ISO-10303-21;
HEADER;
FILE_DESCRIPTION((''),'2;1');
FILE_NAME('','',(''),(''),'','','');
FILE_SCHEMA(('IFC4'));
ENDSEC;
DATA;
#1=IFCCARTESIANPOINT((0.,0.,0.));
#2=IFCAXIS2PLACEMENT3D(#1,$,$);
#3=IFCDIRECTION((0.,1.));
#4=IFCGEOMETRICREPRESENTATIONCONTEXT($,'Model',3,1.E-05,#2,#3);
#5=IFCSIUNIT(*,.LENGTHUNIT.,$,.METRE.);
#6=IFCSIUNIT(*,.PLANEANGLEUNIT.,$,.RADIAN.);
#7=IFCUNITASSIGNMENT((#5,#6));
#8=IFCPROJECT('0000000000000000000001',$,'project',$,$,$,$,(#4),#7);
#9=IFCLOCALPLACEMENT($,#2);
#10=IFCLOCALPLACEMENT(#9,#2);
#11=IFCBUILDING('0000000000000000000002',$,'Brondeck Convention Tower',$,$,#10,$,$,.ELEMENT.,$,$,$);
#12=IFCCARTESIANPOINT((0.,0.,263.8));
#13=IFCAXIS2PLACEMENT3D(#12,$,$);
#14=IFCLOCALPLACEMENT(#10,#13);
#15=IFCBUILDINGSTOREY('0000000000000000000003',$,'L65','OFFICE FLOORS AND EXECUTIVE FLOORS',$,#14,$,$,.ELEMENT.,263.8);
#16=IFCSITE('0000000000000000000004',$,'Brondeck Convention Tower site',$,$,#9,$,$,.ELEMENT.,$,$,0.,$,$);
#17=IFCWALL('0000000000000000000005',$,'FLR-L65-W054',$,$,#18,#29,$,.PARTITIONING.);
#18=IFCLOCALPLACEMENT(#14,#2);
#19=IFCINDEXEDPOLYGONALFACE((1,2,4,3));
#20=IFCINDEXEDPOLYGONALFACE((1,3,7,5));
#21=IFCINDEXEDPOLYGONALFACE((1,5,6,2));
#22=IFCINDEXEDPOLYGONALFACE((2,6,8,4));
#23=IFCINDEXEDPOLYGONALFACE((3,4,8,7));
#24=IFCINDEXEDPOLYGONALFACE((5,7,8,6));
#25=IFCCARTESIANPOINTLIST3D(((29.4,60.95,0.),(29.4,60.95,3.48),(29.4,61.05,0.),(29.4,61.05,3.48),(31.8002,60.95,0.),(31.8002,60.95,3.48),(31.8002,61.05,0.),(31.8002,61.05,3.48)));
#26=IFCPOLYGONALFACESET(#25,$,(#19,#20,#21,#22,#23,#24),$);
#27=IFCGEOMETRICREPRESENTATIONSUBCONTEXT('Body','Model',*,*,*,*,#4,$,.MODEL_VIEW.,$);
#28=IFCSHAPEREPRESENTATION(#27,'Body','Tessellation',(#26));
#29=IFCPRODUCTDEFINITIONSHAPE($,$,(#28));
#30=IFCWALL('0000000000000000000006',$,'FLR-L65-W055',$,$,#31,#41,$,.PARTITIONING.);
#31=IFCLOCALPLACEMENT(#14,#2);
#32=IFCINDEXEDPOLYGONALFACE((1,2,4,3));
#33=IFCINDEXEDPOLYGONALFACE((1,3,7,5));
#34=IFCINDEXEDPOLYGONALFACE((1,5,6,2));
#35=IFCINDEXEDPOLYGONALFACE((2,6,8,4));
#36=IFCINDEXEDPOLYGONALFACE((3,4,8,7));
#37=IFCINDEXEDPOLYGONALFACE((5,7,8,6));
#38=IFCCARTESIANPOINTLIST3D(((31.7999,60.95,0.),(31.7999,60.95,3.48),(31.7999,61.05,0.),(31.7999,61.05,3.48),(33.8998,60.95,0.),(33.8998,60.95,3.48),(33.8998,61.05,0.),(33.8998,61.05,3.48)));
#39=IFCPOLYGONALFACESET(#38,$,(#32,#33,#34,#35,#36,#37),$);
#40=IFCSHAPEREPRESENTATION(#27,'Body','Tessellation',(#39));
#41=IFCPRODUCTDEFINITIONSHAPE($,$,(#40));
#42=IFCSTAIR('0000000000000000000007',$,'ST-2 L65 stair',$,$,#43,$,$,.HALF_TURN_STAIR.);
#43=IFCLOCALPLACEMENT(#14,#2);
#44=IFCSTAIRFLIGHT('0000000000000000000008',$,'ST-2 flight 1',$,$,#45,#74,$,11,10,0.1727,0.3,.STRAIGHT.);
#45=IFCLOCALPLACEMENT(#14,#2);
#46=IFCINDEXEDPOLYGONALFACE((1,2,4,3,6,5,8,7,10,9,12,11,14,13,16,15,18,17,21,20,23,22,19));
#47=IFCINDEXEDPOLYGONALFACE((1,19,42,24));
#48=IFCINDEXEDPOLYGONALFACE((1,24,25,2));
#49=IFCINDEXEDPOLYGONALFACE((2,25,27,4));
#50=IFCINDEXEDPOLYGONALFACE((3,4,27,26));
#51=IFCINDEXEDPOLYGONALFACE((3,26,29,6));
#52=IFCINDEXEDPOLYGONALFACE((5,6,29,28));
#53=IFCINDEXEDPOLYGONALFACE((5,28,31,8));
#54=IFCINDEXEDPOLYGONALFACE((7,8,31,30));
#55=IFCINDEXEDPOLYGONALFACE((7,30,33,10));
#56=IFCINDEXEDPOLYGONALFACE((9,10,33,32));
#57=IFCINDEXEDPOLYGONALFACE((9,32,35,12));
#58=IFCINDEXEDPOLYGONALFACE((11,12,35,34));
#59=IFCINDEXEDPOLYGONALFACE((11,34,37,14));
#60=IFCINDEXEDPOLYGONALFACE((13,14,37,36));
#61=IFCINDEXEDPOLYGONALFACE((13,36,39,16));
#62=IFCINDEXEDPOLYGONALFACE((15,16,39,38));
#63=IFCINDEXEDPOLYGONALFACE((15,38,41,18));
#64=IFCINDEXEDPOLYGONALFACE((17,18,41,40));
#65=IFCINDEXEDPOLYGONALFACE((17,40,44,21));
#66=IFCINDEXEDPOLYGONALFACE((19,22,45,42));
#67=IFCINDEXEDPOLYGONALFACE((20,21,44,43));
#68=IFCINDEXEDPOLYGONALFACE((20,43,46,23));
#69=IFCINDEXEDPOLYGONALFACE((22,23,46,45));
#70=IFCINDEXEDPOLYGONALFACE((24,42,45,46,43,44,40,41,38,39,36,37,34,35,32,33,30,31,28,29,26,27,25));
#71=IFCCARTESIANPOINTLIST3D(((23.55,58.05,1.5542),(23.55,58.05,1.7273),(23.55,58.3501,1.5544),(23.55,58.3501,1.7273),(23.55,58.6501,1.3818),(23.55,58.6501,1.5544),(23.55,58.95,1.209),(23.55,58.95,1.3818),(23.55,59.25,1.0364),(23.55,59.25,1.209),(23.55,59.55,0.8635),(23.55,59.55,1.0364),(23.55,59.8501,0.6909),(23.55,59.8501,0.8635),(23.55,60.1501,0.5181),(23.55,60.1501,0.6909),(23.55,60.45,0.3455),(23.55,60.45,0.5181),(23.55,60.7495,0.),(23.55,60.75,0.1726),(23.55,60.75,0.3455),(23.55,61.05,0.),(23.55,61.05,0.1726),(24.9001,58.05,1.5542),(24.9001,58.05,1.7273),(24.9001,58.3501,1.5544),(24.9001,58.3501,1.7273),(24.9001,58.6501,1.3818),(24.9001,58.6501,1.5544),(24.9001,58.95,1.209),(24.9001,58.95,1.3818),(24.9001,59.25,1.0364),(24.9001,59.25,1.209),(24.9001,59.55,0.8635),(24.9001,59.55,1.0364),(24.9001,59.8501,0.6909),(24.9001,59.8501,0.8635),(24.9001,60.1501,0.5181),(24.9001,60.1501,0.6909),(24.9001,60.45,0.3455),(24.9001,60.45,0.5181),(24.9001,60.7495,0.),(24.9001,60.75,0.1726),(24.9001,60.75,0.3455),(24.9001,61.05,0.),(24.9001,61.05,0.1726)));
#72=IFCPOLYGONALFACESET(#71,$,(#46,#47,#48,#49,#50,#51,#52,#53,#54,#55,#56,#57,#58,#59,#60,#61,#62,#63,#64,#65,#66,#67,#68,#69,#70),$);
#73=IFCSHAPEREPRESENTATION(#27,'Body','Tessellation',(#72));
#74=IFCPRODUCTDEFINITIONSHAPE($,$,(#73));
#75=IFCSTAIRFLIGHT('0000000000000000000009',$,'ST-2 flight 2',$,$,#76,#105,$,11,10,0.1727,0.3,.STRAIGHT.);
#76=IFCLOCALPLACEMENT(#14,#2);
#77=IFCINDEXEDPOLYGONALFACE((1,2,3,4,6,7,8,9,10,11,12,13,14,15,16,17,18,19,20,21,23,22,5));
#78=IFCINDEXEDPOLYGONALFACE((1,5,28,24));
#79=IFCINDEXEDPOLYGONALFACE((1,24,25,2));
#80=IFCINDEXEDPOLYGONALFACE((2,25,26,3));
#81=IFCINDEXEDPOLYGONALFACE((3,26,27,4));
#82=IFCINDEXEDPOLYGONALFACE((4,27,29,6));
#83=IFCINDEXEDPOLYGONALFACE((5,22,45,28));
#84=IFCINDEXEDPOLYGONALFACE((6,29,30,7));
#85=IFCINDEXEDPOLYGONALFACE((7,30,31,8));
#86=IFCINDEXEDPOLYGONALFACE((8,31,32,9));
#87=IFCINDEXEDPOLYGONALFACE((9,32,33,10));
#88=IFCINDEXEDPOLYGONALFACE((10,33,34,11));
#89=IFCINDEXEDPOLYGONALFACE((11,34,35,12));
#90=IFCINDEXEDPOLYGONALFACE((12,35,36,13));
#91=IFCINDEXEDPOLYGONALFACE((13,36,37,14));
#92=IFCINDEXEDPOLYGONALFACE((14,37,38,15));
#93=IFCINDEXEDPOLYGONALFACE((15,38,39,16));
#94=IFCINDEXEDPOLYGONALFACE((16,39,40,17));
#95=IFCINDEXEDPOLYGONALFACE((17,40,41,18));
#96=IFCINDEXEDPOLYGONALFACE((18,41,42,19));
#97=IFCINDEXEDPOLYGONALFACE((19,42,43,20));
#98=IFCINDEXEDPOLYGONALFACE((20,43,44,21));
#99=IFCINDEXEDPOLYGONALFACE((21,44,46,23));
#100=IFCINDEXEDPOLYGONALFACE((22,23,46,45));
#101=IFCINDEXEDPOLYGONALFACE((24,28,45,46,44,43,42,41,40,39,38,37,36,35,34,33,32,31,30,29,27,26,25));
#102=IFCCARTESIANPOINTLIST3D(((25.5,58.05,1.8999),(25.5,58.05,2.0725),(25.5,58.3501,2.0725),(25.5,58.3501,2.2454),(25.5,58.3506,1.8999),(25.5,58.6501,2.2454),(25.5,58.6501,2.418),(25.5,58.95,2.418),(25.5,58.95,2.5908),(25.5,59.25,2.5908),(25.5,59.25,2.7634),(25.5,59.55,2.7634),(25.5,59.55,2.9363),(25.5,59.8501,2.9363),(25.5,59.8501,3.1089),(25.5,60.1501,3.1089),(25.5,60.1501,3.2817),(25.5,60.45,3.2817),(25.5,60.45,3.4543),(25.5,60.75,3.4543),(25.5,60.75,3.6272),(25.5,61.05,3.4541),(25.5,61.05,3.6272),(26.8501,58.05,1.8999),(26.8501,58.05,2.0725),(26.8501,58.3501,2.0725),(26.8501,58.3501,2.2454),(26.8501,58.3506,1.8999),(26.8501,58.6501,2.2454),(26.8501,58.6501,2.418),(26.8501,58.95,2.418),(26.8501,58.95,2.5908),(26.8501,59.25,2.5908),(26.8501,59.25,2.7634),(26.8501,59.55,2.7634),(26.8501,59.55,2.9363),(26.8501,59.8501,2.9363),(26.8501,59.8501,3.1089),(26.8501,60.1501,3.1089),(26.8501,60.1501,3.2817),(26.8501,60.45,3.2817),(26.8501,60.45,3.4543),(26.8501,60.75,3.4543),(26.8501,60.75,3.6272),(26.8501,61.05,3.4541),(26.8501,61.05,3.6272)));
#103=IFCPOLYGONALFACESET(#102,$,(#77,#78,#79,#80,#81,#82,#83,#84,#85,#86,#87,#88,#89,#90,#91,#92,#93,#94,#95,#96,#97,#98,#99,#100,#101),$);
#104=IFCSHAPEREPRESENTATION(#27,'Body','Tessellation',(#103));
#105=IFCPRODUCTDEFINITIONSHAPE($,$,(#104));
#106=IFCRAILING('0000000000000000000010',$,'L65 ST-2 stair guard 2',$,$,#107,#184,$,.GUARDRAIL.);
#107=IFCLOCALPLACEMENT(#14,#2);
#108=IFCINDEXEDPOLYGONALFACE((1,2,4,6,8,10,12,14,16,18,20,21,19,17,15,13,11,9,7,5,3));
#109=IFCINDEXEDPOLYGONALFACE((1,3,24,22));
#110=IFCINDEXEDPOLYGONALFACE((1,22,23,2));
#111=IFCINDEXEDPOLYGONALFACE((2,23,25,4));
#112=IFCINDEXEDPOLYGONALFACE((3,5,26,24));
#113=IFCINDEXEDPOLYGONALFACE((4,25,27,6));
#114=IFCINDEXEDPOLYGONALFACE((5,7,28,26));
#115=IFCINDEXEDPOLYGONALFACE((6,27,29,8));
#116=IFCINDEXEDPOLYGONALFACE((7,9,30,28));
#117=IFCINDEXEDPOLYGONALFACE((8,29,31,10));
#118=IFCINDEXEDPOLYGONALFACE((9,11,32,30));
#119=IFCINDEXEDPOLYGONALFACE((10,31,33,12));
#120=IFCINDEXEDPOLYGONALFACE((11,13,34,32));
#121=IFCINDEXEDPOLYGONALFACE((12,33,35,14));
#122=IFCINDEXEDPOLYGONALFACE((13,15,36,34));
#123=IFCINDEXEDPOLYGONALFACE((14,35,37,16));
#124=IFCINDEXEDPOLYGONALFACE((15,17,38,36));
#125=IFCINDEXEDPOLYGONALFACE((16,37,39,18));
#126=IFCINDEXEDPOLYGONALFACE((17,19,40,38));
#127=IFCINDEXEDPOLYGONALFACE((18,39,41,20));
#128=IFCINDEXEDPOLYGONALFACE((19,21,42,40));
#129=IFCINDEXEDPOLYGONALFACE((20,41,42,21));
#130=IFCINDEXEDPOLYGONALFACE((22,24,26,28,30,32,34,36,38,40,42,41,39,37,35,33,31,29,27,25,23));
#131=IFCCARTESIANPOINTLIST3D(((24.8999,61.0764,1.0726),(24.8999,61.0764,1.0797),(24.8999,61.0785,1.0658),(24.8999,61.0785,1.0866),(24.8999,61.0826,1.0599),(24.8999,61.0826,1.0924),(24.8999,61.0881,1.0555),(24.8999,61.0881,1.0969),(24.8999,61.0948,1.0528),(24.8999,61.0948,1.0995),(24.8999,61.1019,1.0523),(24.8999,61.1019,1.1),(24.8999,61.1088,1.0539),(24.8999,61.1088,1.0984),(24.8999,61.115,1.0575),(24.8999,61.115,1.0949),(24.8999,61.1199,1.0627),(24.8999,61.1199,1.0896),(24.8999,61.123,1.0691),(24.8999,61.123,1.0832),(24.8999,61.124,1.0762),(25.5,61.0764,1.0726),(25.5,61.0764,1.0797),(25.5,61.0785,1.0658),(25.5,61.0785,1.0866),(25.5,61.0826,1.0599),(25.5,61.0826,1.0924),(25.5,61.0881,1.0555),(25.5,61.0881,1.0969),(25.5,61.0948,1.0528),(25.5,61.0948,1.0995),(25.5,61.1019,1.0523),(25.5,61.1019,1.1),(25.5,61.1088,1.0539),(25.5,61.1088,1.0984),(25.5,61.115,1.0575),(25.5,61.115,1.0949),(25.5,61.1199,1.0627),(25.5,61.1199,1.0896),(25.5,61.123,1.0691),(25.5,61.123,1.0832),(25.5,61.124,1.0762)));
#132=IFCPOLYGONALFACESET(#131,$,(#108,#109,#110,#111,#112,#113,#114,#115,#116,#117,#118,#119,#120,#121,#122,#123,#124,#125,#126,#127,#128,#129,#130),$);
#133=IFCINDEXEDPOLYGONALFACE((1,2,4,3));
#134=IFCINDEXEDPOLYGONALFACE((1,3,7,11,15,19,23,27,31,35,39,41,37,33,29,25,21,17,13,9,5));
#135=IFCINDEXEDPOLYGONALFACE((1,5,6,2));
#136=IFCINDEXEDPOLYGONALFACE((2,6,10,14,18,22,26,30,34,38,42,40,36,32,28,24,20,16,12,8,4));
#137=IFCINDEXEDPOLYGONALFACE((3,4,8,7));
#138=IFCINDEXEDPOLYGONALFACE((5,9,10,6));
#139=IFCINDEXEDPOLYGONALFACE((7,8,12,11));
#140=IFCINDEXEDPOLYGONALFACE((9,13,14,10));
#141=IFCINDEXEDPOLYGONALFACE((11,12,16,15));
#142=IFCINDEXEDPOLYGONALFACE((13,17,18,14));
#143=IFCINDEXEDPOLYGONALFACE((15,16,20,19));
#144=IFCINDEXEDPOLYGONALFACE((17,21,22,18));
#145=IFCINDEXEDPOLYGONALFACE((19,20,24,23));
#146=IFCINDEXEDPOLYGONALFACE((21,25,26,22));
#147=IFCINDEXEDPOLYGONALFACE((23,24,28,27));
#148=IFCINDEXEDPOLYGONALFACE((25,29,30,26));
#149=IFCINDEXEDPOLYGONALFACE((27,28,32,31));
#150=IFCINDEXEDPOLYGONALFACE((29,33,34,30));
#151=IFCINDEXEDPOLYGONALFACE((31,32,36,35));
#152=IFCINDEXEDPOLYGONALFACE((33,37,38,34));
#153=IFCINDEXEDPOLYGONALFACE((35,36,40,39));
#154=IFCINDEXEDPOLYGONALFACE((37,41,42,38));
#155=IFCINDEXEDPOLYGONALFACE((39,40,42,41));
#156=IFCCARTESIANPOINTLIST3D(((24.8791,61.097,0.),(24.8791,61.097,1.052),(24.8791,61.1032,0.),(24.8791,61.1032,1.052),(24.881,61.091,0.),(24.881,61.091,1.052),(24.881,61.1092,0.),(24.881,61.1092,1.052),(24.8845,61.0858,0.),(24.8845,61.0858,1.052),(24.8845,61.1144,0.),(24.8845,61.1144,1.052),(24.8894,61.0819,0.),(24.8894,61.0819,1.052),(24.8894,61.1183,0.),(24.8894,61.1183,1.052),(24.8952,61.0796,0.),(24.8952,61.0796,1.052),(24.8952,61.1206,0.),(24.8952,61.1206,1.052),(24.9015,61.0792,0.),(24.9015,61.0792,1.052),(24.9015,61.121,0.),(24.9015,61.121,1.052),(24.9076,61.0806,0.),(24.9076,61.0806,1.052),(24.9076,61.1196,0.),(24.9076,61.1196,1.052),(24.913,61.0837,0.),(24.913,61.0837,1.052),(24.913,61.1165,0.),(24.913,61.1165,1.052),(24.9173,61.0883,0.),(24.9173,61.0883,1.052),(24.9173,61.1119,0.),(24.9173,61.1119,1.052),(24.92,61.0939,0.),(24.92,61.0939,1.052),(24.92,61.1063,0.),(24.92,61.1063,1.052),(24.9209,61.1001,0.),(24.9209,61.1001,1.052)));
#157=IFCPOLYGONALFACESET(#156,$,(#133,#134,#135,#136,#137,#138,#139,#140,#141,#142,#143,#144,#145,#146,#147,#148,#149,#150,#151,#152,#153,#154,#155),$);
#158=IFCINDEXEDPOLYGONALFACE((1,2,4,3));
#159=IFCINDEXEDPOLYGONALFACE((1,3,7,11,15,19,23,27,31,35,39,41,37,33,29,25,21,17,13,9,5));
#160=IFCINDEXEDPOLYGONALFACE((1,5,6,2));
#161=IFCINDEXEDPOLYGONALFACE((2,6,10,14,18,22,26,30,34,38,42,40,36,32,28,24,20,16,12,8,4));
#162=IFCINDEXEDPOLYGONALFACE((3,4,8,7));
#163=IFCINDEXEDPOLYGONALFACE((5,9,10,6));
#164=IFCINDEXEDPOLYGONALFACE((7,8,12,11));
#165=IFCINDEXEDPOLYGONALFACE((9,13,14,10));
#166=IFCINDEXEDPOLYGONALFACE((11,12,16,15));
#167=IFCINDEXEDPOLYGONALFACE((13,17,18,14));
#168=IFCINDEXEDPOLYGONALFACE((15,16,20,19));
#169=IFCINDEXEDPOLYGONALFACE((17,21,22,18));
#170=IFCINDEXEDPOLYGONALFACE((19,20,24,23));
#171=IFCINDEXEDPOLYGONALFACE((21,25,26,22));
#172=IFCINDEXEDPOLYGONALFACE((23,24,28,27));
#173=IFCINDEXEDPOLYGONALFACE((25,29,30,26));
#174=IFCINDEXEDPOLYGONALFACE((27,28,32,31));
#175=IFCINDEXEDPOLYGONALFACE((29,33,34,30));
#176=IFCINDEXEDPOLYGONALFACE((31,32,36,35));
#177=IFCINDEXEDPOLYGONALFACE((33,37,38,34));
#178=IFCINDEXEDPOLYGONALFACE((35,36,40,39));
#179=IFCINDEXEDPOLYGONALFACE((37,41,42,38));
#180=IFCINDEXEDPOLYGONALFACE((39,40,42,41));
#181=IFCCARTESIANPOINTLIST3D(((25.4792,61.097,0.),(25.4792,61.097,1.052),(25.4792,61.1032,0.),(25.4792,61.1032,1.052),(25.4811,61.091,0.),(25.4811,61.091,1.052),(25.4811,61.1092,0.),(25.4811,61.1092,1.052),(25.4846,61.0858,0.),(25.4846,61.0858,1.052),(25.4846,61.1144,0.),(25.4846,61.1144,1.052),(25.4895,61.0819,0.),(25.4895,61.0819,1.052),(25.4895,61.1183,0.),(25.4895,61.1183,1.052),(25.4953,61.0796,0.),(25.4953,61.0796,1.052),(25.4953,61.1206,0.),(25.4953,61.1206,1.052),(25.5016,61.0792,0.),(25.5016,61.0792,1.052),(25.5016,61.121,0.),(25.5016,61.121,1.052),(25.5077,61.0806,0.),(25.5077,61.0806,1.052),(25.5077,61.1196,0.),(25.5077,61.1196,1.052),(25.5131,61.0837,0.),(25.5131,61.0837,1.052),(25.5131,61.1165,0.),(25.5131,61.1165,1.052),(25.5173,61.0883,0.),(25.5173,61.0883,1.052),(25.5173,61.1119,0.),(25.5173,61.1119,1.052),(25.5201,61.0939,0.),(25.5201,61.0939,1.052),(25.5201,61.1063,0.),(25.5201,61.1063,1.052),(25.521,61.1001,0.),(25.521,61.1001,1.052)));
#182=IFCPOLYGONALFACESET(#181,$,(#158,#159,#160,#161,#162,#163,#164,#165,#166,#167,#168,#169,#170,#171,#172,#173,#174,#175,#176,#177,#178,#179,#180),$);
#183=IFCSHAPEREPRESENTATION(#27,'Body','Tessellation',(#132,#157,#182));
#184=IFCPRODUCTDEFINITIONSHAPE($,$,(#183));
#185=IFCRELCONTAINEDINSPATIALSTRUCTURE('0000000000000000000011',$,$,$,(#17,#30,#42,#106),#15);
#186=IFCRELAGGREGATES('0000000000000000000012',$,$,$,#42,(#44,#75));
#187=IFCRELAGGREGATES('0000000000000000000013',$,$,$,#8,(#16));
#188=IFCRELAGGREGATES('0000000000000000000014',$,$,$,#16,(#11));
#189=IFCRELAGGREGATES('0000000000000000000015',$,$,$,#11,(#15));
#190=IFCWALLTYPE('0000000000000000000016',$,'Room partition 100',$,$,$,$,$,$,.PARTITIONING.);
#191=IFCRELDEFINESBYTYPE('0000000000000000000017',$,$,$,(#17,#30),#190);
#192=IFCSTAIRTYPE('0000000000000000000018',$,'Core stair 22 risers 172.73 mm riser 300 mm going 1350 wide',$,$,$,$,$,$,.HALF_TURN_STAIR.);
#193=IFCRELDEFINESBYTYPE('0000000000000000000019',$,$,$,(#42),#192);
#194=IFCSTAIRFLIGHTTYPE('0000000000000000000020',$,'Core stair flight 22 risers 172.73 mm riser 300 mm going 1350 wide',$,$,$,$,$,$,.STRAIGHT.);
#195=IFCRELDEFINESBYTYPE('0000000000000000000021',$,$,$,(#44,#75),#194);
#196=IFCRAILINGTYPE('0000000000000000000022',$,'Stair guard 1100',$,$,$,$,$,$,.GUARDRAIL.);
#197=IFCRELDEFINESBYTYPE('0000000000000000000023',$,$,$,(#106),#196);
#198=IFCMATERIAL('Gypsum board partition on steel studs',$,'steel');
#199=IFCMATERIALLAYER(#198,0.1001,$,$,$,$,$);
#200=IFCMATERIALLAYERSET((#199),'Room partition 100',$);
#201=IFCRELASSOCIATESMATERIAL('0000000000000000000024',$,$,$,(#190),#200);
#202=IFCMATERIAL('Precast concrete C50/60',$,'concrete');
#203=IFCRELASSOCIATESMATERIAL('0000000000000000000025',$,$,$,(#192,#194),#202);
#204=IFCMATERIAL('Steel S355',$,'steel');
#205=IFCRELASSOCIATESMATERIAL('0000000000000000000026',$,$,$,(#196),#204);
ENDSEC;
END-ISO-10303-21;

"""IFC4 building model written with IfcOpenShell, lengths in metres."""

from ifc_helpers import new_model, si_unit, direction, frame, frame_2d, origin, origin_2d, place, context, subcontext, project, spatial, polyline, rectangle, circle, outline, extrude, material, layer, layer_set, type_object, element, aggregate, save


model = new_model("IFC4")

# Units and contexts
model_context = context("Model", 3, precision=1e-05, world=origin(), true_north=direction((0.0, 1.0)))
body_context = subcontext(model_context, "Body", "Model", "MODEL_VIEW")
ifc_project = project(units=[si_unit("LENGTHUNIT", "METRE"), si_unit("PLANEANGLEUNIT", "RADIAN")], contexts=[model_context])

# Site, building, storey
site_placement = place(None, origin())
site = spatial("IfcSite", under=ifc_project, at=site_placement, Name="Brondeck Convention Tower site", CompositionType="ELEMENT", RefElevation=0.0)
building_placement = place(site_placement, origin())
building = spatial("IfcBuilding", under=site, at=building_placement, Name="Brondeck Convention Tower", CompositionType="ELEMENT")
storey_placement = place(building_placement, frame((0.0, 0.0, 263.8)))
storey = spatial("IfcBuildingStorey", under=building, at=storey_placement, Name="L65", Description="OFFICE FLOORS AND EXECUTIVE FLOORS", CompositionType="ELEMENT", Elevation=263.8)

# Shared definitions
ifc_material_1 = material(Name="Gypsum board partition on steel studs", Category="steel")
ifc_layer_1 = layer(ifc_material_1, 0.1001)
ifc_layer_set_1 = layer_set([ifc_layer_1], Name="Room partition 100")
wall_type_1 = type_object("IfcWallType", Name="Room partition 100", PredefinedType="PARTITIONING", material=ifc_layer_set_1)

# Walls
wall_1_placement = place(storey_placement, frame((29.3999, 61.0, 0.0), z_axis=(0.0, 0.0, 1.0), x_axis=(1.0, 0.0, 0.0)))
element("IfcWall", 1, at=wall_1_placement, inside=storey, type_object=wall_type_1, Name="FLR-L65-W054", PredefinedType="PARTITIONING", context=body_context, shape_type="SweptSolid", body=[
    extrude(rectangle(XDim=2.4001, YDim=0.1001, at=frame_2d((1.2002, 0.0))), origin(), (0.0, 0.0, 1.0), 3.48),
])
wall_2_placement = place(storey_placement, frame((31.8, 61.0, 0.0), z_axis=(0.0, 0.0, 1.0), x_axis=(1.0, 0.0, 0.0)))
element("IfcWall", 2, at=wall_2_placement, inside=storey, type_object=wall_type_1, Name="FLR-L65-W055", PredefinedType="PARTITIONING", context=body_context, shape_type="SweptSolid", body=[
    extrude(rectangle(XDim=2.0999, YDim=0.1001, at=frame_2d((1.0498, 0.0))), origin(), (0.0, 0.0, 1.0), 3.48),
])

# Stair, stair flights
ifc_material_2 = material(Name="Precast concrete C50/60", Category="concrete")
stair_type = type_object("IfcStairType", Name="Core stair 22 risers 172.73 mm riser 300 mm going 1350 wide", PredefinedType="HALF_TURN_STAIR", material=ifc_material_2)
stair_placement = place(storey_placement, origin())
stair = element("IfcStair", 3, at=stair_placement, inside=storey, type_object=stair_type, Name="ST-2 L65 stair", PredefinedType="HALF_TURN_STAIR")
stair_flight_type = type_object("IfcStairFlightType", Name="Core stair flight 22 risers 172.73 mm riser 300 mm going 1350 wide", PredefinedType="STRAIGHT", material=ifc_material_2)
stair_flight_1_placement = place(storey_placement, frame((24.2251, 61.05, 0.0), z_axis=(0.0, 0.0, 1.0), x_axis=(0.0, -1.0, 0.0)))
stair_flight_1 = element("IfcStairFlight", 4, at=stair_flight_1_placement, type_object=stair_flight_type, Name="ST-2 flight 1", NumberOfRisers=11, NumberOfTreads=10, PredefinedType="STRAIGHT", RiserHeight=0.1727, TreadLength=0.3, context=body_context, shape_type="SweptSolid", body=[
    extrude(outline(polyline([(0.0, 0.0), (0.0, 0.1726), (0.3, 0.1726), (0.3, 0.3455), (0.6001, 0.3455), (0.6001, 0.5181), (0.8999, 0.5181), (0.8999, 0.6909), (1.2, 0.6909), (1.2, 0.8635), (1.5, 0.8635), (1.5, 1.0364), (1.8, 1.0364), (1.8, 1.209), (2.1001, 1.209), (2.1001, 1.3818), (2.3999, 1.3818), (2.3999, 1.5544), (2.7, 1.5544), (2.7, 1.7273), (3.0, 1.7273), (3.0, 1.8999), (3.0, 1.5542), (0.3005, 0.0), (0.0, 0.0)])), frame((0.0, 0.675, 0.0), z_axis=(0.0, -1.0, 0.0), x_axis=(1.0, 0.0, 0.0)), (0.0, 0.0, 1.0), 1.3501),
])
stair_flight_2_placement = place(storey_placement, frame((26.175, 58.05, 1.8999), z_axis=(0.0, 0.0, 1.0), x_axis=(0.0, 1.0, 0.0)))
stair_flight_2 = element("IfcStairFlight", 5, at=stair_flight_2_placement, type_object=stair_flight_type, Name="ST-2 flight 2", NumberOfRisers=11, NumberOfTreads=10, PredefinedType="STRAIGHT", RiserHeight=0.1727, TreadLength=0.3, context=body_context, shape_type="SweptSolid", body=[
    extrude(outline(polyline([(0.0, 0.0), (0.0, 0.1726), (0.3, 0.1726), (0.3, 0.3455), (0.6001, 0.3455), (0.6001, 0.5181), (0.8999, 0.5181), (0.8999, 0.6909), (1.2, 0.6909), (1.2, 0.8635), (1.5, 0.8635), (1.5, 1.0364), (1.8, 1.0364), (1.8, 1.209), (2.1001, 1.209), (2.1001, 1.3818), (2.3999, 1.3818), (2.3999, 1.5544), (2.7, 1.5544), (2.7, 1.7273), (3.0, 1.7273), (3.0, 1.8999), (3.0, 1.5542), (0.3005, 0.0), (0.0, 0.0)])), frame((0.0, 0.675, 0.0), z_axis=(0.0, -1.0, 0.0), x_axis=(1.0, 0.0, 0.0)), (0.0, 0.0, 1.0), 1.3501),
])
aggregate(stair, [stair_flight_1, stair_flight_2])

# Railing
ifc_material_3 = material(Name="Steel S355", Category="steel")
railing_type_1 = type_object("IfcRailingType", Name="Stair guard 1100", PredefinedType="GUARDRAIL", material=ifc_material_3)
railing_1_placement = place(storey_placement, frame((24.8999, 61.1001, 0.0)))
element("IfcRailing", 6, at=railing_1_placement, inside=storey, type_object=railing_type_1, Name="L65 ST-2 stair guard 2", PredefinedType="GUARDRAIL", context=body_context, shape_type="SweptSolid", body=[
    extrude(circle(Radius=0.0239, at=origin_2d()), frame((0.0, 0.0, 1.0762), z_axis=(1.0, 0.0, 0.0), x_axis=(0.0, 1.0, 0.0)), (0.0, 0.0, 1.0), 0.6001),
    extrude(circle(Radius=0.021, at=origin_2d()), origin(), (0.0, 0.0, 1.0), 1.052),
    extrude(circle(Radius=0.021, at=origin_2d()), frame((0.6001, 0.0, 0.0)), (0.0, 0.0, 1.0), 1.052),
])

save(model, "model.ifc")
